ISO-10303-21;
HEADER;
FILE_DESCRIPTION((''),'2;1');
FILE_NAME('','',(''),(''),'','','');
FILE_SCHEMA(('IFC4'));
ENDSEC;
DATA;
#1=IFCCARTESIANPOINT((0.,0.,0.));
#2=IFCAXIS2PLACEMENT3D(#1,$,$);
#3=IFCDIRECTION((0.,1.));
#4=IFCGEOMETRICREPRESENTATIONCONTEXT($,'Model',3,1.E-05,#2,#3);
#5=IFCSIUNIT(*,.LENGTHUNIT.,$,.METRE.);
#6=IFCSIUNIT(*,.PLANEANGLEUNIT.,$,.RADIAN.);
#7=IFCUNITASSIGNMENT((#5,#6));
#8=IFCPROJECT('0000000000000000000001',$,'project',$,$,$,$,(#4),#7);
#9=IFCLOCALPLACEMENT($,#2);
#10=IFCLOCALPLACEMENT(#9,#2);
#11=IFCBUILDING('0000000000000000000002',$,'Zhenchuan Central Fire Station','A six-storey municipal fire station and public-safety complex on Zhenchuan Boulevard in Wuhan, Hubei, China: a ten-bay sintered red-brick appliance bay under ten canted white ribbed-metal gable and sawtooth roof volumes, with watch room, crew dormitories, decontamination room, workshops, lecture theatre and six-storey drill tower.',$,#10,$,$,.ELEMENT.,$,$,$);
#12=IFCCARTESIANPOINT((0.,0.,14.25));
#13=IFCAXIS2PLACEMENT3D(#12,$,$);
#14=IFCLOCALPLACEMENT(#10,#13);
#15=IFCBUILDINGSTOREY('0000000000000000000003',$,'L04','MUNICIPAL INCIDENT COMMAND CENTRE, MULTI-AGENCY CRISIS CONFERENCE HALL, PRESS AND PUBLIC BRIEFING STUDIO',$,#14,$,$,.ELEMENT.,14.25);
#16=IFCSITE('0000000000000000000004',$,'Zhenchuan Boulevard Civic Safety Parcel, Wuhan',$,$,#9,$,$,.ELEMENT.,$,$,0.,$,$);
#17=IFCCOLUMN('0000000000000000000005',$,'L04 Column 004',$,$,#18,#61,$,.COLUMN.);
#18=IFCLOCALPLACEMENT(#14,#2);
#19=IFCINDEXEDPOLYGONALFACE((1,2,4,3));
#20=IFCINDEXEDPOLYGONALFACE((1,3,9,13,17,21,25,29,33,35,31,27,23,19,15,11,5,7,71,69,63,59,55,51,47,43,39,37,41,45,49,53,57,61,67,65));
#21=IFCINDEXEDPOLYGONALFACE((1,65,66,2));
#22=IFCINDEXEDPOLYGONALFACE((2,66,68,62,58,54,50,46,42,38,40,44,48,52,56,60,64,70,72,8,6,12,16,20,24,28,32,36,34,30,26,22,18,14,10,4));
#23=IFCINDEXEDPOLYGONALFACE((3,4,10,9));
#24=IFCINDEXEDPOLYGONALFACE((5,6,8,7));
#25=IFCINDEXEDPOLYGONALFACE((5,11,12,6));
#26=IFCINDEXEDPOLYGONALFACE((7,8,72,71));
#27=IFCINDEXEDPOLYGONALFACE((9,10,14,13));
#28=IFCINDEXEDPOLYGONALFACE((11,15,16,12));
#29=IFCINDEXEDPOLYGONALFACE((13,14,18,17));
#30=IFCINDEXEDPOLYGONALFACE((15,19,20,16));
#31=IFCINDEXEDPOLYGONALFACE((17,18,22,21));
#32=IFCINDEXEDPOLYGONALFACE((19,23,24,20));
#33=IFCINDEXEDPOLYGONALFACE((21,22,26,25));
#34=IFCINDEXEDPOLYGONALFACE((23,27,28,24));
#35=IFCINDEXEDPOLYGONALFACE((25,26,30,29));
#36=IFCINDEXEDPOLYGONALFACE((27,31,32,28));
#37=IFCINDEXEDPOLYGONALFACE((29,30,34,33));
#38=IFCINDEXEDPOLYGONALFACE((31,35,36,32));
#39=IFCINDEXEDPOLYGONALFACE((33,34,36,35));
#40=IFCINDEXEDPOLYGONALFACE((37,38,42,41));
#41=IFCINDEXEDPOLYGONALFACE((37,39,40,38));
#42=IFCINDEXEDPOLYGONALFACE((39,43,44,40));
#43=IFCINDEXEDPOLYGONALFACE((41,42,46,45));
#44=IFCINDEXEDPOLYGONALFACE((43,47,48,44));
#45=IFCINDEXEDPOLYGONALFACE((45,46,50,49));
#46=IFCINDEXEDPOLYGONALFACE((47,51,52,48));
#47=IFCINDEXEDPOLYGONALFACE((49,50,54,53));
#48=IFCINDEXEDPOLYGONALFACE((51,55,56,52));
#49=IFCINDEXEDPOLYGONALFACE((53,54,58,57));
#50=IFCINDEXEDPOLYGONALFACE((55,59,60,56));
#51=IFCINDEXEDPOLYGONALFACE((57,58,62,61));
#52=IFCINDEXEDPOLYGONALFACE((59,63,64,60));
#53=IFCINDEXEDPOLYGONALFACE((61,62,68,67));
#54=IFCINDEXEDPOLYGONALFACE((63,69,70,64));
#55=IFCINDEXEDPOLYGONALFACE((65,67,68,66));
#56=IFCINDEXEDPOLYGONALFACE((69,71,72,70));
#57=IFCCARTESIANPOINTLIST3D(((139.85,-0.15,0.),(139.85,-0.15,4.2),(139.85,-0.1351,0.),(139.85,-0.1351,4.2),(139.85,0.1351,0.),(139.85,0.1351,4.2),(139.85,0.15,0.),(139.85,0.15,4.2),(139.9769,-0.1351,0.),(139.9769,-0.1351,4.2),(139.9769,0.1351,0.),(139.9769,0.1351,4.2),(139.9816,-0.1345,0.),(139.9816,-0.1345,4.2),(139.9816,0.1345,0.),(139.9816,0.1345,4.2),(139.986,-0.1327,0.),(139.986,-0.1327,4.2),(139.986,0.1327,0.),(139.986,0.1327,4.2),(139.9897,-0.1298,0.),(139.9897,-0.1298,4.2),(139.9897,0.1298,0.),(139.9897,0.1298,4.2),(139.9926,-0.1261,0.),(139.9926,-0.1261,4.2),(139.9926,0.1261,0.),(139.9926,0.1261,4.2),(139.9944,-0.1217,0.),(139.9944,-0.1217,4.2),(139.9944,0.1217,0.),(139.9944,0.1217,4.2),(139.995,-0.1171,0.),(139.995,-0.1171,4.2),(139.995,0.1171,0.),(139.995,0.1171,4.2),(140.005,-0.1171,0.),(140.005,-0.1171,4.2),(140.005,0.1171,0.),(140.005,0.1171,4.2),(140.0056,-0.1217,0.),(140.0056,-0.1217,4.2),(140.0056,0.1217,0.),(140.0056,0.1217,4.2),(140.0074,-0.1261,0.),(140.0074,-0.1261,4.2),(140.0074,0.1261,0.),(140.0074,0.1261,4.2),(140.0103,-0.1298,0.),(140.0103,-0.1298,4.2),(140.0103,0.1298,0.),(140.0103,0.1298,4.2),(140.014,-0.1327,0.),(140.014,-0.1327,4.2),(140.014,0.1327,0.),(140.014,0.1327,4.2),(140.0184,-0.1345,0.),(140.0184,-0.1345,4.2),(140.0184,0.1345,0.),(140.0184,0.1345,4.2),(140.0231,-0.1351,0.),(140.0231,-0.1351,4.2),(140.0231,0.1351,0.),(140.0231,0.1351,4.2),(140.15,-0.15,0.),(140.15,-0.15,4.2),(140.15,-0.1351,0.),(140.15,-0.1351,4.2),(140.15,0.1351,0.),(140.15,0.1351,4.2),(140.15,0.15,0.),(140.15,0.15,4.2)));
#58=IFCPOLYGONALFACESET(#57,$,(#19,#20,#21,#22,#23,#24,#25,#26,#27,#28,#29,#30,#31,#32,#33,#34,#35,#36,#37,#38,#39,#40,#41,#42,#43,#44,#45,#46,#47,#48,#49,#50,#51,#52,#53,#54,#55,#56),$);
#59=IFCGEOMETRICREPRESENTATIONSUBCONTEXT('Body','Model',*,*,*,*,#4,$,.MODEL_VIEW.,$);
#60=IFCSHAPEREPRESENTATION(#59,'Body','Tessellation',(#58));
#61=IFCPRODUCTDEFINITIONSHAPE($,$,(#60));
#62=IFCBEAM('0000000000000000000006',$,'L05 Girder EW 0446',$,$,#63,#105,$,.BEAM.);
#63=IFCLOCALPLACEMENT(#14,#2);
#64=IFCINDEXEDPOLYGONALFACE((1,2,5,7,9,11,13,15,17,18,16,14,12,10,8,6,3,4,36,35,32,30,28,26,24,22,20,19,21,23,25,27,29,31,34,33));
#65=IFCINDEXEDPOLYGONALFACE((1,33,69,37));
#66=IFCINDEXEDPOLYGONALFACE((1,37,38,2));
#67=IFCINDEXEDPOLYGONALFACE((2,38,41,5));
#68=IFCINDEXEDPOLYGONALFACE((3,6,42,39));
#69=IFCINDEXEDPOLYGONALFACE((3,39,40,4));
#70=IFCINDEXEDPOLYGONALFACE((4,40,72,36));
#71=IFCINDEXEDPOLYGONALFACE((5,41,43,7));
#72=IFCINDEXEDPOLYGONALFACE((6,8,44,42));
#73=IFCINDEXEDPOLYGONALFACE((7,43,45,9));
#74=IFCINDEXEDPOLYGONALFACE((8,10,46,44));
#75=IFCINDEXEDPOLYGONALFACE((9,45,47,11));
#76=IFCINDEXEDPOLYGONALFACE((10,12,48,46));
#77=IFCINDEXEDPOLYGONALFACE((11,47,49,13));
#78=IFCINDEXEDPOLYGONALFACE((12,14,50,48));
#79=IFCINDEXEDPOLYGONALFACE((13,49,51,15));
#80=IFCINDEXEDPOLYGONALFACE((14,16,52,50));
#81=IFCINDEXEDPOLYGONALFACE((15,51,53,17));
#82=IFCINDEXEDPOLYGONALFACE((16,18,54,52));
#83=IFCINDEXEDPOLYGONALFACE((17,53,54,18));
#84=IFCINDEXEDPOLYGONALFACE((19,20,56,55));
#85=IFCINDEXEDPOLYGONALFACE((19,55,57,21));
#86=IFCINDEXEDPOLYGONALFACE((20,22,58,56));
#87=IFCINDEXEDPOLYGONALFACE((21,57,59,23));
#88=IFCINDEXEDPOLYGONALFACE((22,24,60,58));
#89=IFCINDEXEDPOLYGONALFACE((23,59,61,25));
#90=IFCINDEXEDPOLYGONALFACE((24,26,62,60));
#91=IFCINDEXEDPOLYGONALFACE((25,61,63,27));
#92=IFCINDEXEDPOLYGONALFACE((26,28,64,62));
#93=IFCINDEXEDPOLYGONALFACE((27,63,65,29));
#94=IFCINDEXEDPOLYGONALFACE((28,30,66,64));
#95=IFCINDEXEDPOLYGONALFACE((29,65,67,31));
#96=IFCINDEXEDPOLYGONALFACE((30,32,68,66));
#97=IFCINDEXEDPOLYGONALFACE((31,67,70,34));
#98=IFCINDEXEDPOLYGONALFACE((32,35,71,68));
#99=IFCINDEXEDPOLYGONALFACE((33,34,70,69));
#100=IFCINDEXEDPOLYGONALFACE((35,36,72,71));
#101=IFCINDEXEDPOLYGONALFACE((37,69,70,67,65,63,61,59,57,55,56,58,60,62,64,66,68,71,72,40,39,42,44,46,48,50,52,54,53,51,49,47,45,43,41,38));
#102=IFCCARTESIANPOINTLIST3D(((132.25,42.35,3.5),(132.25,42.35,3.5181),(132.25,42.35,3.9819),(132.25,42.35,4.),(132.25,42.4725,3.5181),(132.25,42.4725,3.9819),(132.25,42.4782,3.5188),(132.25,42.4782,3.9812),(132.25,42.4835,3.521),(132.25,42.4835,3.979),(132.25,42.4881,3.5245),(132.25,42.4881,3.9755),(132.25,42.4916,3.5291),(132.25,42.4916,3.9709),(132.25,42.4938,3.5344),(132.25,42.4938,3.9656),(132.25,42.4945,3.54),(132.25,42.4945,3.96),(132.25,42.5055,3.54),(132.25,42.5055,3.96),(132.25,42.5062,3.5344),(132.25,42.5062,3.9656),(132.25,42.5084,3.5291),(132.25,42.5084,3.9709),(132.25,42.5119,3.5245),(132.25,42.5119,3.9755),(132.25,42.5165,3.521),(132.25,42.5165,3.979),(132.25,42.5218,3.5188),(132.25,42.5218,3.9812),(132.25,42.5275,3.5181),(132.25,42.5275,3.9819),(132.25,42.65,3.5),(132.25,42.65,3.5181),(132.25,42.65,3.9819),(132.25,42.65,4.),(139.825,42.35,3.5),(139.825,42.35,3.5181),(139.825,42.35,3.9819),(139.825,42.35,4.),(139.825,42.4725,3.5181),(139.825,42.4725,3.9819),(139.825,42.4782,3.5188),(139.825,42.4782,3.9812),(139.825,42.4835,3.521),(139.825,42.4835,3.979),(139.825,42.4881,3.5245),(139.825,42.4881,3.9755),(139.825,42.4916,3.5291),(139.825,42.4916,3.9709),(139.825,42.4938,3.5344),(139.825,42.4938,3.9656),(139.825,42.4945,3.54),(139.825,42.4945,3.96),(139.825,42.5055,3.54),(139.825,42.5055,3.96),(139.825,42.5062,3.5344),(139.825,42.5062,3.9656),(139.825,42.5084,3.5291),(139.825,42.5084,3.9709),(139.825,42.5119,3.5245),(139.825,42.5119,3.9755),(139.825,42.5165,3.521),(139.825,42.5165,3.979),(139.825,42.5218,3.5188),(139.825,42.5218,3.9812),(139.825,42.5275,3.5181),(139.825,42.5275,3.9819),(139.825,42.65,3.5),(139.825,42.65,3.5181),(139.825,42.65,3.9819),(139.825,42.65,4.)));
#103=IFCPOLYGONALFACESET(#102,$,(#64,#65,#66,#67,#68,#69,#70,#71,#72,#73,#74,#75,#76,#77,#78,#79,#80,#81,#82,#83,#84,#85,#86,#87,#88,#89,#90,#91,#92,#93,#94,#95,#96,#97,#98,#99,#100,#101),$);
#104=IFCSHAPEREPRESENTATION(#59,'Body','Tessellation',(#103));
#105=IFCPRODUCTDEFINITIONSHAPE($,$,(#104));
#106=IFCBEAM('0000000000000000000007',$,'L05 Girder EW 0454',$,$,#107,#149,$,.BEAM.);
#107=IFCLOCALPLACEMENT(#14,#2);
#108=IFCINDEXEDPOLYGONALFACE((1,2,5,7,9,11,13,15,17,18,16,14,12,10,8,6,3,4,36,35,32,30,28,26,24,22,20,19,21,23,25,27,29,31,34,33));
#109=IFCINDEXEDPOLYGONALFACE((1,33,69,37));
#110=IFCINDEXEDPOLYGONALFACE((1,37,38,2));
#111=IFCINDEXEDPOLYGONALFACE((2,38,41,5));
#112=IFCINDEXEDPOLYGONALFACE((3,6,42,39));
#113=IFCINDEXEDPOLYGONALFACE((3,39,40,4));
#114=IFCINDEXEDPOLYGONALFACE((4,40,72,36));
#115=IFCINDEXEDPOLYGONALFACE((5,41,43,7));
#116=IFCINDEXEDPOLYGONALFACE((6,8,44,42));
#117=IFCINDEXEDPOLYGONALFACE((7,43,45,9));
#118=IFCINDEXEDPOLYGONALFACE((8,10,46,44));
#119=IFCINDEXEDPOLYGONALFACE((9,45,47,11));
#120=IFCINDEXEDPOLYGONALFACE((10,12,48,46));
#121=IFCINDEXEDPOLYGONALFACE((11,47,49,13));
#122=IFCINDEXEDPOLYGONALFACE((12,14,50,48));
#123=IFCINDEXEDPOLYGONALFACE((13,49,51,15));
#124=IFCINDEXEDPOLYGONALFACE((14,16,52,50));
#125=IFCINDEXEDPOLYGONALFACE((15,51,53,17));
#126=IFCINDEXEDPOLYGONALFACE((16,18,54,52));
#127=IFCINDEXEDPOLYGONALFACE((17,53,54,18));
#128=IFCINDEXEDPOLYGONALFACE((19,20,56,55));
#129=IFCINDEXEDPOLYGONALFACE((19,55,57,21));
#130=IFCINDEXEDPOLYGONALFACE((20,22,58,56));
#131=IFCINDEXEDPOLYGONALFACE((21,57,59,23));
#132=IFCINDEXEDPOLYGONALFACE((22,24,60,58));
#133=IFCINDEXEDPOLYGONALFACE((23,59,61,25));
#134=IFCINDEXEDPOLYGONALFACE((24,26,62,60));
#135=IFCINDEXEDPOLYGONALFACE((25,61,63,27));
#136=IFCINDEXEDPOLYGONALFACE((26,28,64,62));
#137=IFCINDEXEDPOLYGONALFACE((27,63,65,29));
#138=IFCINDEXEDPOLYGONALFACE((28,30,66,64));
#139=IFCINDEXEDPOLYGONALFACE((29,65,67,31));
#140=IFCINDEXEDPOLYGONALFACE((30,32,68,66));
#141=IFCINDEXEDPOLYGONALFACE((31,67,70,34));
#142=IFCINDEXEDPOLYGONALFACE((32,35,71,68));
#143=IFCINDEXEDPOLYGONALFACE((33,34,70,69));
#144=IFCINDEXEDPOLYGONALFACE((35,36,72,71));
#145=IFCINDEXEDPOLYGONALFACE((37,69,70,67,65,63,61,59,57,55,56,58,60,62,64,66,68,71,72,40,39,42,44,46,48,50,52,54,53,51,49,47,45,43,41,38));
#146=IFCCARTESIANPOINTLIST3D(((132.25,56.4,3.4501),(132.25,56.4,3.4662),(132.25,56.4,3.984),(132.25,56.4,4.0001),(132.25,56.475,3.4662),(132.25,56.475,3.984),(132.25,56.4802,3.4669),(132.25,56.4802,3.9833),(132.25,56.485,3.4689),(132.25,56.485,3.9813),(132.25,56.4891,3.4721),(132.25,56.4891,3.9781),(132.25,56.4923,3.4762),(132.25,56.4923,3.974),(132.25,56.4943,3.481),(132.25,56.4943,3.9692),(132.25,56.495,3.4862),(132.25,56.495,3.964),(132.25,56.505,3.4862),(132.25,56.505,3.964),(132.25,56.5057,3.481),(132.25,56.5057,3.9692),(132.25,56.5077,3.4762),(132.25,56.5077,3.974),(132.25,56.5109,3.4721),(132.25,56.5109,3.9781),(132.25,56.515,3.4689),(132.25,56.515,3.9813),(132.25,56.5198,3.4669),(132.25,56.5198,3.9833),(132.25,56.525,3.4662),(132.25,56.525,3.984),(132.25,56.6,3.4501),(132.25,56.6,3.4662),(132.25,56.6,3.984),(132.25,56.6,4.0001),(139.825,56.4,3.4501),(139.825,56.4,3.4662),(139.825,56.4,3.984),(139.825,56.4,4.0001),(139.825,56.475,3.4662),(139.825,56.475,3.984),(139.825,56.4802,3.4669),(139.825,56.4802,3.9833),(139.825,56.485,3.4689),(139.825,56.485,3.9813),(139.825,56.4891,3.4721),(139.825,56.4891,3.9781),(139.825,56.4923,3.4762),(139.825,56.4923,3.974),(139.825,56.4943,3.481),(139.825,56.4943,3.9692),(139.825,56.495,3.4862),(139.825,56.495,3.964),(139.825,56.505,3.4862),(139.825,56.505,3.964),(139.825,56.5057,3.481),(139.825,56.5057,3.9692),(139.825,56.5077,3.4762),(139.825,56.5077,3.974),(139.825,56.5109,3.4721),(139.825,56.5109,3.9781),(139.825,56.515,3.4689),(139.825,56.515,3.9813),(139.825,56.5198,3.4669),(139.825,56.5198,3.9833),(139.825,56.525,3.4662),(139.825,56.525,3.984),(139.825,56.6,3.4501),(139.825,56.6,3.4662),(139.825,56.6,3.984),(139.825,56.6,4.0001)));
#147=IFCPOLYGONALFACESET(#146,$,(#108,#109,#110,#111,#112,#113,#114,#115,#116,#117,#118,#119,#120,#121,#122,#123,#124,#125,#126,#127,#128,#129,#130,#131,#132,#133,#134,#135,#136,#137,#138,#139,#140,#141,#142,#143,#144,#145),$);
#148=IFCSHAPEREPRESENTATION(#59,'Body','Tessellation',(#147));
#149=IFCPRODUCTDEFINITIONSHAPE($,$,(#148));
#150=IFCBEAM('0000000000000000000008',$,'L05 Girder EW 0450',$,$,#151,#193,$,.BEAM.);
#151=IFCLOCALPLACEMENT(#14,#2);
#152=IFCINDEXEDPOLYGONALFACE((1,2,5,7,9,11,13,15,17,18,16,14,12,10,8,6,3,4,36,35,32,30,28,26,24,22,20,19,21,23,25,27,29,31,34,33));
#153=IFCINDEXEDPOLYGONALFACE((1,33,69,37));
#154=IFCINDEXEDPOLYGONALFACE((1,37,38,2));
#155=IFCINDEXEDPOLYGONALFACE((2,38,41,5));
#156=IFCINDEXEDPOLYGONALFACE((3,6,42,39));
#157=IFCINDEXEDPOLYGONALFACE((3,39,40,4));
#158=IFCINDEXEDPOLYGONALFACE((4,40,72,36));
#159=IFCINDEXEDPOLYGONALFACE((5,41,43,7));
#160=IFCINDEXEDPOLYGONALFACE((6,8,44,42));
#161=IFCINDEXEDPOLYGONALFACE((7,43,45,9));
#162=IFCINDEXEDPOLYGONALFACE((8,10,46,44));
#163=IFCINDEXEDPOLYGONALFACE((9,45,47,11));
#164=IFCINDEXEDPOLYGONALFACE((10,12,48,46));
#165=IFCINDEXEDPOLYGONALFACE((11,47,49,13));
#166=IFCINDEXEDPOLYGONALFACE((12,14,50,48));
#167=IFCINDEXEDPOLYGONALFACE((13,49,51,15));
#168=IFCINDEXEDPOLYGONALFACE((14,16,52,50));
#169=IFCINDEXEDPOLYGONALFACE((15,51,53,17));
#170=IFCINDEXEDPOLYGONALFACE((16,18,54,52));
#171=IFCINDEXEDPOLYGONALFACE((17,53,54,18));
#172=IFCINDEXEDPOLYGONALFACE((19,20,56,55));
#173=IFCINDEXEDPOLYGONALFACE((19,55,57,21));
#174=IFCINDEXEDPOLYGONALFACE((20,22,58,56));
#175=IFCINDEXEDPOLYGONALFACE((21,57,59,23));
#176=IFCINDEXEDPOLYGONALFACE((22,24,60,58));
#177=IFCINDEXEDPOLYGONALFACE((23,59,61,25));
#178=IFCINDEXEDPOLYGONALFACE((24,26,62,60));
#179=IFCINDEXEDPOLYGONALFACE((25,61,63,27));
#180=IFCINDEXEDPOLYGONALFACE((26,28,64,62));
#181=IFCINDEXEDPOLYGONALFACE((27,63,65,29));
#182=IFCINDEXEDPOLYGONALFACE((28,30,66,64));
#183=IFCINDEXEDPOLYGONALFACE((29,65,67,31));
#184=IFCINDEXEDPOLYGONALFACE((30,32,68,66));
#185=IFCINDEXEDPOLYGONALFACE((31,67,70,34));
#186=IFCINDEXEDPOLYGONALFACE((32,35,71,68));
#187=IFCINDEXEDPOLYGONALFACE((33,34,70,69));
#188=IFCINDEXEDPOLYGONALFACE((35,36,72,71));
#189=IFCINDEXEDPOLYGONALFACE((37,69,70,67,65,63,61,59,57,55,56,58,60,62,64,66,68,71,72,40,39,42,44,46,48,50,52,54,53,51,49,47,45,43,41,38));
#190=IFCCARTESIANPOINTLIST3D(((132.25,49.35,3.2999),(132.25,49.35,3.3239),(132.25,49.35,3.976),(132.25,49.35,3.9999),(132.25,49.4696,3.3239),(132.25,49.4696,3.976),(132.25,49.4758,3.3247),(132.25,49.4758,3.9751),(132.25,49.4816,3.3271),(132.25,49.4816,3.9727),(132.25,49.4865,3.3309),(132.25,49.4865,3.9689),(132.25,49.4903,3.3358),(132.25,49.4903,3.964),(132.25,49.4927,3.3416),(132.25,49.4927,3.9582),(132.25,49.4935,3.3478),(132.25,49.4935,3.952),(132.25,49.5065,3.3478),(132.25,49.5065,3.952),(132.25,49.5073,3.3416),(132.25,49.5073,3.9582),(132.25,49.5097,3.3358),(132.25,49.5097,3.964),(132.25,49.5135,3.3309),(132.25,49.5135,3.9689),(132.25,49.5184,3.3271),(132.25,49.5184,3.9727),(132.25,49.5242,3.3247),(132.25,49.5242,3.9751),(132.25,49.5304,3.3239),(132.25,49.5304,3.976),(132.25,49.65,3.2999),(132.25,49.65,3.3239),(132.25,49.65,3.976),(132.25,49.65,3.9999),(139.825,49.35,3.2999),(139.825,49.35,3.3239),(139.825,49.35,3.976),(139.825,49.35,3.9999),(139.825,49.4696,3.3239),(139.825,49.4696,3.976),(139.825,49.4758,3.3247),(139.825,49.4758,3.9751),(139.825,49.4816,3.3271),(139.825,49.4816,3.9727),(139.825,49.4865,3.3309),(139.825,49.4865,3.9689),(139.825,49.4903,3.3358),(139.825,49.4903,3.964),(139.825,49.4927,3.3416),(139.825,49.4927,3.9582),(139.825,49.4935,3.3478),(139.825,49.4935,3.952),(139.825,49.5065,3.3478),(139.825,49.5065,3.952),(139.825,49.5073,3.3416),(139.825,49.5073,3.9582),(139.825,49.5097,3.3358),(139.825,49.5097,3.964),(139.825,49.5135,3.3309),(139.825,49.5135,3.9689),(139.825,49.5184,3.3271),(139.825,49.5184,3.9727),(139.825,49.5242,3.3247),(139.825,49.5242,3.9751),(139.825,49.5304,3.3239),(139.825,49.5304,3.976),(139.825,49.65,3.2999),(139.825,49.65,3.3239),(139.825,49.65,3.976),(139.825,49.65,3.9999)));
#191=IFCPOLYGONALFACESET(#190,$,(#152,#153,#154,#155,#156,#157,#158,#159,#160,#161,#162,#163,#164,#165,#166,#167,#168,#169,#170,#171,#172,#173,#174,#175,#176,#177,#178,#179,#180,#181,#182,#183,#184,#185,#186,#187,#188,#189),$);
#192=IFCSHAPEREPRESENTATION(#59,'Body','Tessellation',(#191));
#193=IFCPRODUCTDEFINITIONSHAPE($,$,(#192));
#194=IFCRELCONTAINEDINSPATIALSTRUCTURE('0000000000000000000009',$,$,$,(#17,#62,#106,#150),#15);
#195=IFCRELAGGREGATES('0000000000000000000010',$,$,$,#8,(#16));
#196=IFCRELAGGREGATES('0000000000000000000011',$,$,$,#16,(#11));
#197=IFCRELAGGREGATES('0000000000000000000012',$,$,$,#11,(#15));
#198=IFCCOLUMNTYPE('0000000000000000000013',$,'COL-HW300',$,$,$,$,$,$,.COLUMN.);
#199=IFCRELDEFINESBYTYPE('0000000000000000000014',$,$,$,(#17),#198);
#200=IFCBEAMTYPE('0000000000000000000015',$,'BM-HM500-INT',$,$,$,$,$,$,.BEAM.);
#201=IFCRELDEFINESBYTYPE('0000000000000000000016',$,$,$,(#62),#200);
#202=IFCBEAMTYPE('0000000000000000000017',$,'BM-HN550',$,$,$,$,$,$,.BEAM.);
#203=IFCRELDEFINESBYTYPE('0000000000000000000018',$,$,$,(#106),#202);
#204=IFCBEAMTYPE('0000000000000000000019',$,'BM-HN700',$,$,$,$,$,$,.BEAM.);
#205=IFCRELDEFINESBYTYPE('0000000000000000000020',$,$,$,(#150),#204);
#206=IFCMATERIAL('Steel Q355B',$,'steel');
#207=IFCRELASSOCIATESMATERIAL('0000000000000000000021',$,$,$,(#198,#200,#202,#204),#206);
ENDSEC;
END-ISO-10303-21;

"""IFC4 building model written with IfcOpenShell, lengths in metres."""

from ifc_helpers import new_model, si_unit, direction, frame, origin, origin_2d, place, context, subcontext, project, spatial, i_section, extrude, material, material_profile, profile_set, type_object, element, save


model = new_model("IFC4")

# Units and contexts
model_context = context("Model", 3, precision=1e-05, world=origin(), true_north=direction((0.0, 1.0)))
body_context = subcontext(model_context, "Body", "Model", "MODEL_VIEW")
ifc_project = project(units=[si_unit("LENGTHUNIT", "METRE"), si_unit("PLANEANGLEUNIT", "RADIAN")], contexts=[model_context])

# Site, building, storey
site_placement = place(None, origin())
site = spatial("IfcSite", under=ifc_project, at=site_placement, Name="Zhenchuan Boulevard Civic Safety Parcel, Wuhan", CompositionType="ELEMENT", RefElevation=0.0)
building_placement = place(site_placement, origin())
building = spatial("IfcBuilding", under=site, at=building_placement, Name="Zhenchuan Central Fire Station", Description="A six-storey municipal fire station and public-safety complex on Zhenchuan Boulevard in Wuhan, Hubei, China: a ten-bay sintered red-brick appliance bay under ten canted white ribbed-metal gable and sawtooth roof volumes, with watch room, crew dormitories, decontamination room, workshops, lecture theatre and six-storey drill tower.", CompositionType="ELEMENT")
storey_placement = place(building_placement, frame((0.0, 0.0, 14.25)))
storey = spatial("IfcBuildingStorey", under=building, at=storey_placement, Name="L04", Description="MUNICIPAL INCIDENT COMMAND CENTRE, MULTI-AGENCY CRISIS CONFERENCE HALL, PRESS AND PUBLIC BRIEFING STUDIO", CompositionType="ELEMENT", Elevation=14.25)

# Column
ifc_material_1 = material(Name="Steel Q355B", Category="steel")
ifc_material_profile_1 = material_profile(ifc_material_1, i_section(OverallWidth=0.3, OverallDepth=0.3, WebThickness=0.01, FlangeThickness=0.0149, FilletRadius=0.0181, at=origin_2d()), Name="HW 300x300")
ifc_profile_set_1 = profile_set([ifc_material_profile_1], Name="Steel Q355B")
column_type = type_object("IfcColumnType", Name="COL-HW300", PredefinedType="COLUMN", material=ifc_profile_set_1)
column_placement = place(storey_placement, frame((140.0, 0.0, 0.0), z_axis=(0.0, 0.0, 1.0), x_axis=(1.0, 0.0, 0.0)))
element("IfcColumn", 1, at=column_placement, inside=storey, type_object=column_type, Name="L04 Column 004", PredefinedType="COLUMN", context=body_context, shape_type="SweptSolid", body=[
    extrude(i_section(OverallWidth=0.3, OverallDepth=0.3, WebThickness=0.01, FlangeThickness=0.0149, FilletRadius=0.0181, at=origin_2d()), origin(), (0.0, 0.0, 1.0), 4.2),
])

# Beams
ifc_material_profile_2 = material_profile(ifc_material_1, i_section(OverallWidth=0.3, OverallDepth=0.5, WebThickness=0.011, FlangeThickness=0.0181, FilletRadius=0.022, at=origin_2d()), Name="HM 500x300")
ifc_profile_set_2 = profile_set([ifc_material_profile_2], Name="Steel Q355B")
beam_type_1 = type_object("IfcBeamType", Name="BM-HM500-INT", PredefinedType="BEAM", material=ifc_profile_set_2)
beam_1_placement = place(storey_placement, frame((132.25, 42.5, 3.75), z_axis=(1.0, 0.0, 0.0), x_axis=(0.0, 1.0, 0.0)))
element("IfcBeam", 2, at=beam_1_placement, inside=storey, type_object=beam_type_1, Name="L05 Girder EW 0446", PredefinedType="BEAM", context=body_context, shape_type="SweptSolid", body=[
    extrude(i_section(OverallWidth=0.3, OverallDepth=0.5, WebThickness=0.011, FlangeThickness=0.0181, FilletRadius=0.022, at=origin_2d()), origin(), (0.0, 0.0, 1.0), 7.575),
])
ifc_material_profile_3 = material_profile(ifc_material_1, i_section(OverallWidth=0.2, OverallDepth=0.55, WebThickness=0.01, FlangeThickness=0.0161, FilletRadius=0.02, at=origin_2d()), Name="HN 550x200")
ifc_profile_set_3 = profile_set([ifc_material_profile_3], Name="Steel Q355B")
beam_type_2 = type_object("IfcBeamType", Name="BM-HN550", PredefinedType="BEAM", material=ifc_profile_set_3)
beam_2_placement = place(storey_placement, frame((132.25, 56.5, 3.7251), z_axis=(1.0, 0.0, 0.0), x_axis=(0.0, 1.0, 0.0)))
element("IfcBeam", 3, at=beam_2_placement, inside=storey, type_object=beam_type_2, Name="L05 Girder EW 0454", PredefinedType="BEAM", context=body_context, shape_type="SweptSolid", body=[
    extrude(i_section(OverallWidth=0.2, OverallDepth=0.55, WebThickness=0.01, FlangeThickness=0.0161, FilletRadius=0.02, at=origin_2d()), origin(), (0.0, 0.0, 1.0), 7.575),
])
ifc_material_profile_4 = material_profile(ifc_material_1, i_section(OverallWidth=0.3, OverallDepth=0.7, WebThickness=0.0129, FlangeThickness=0.0239, FilletRadius=0.0239, at=origin_2d()), Name="HN 700x300")
ifc_profile_set_4 = profile_set([ifc_material_profile_4], Name="Steel Q355B")
beam_type_3 = type_object("IfcBeamType", Name="BM-HN700", PredefinedType="BEAM", material=ifc_profile_set_4)
beam_3_placement = place(storey_placement, frame((132.25, 49.5, 3.6499), z_axis=(1.0, 0.0, 0.0), x_axis=(0.0, 1.0, 0.0)))
element("IfcBeam", 4, at=beam_3_placement, inside=storey, type_object=beam_type_3, Name="L05 Girder EW 0450", PredefinedType="BEAM", context=body_context, shape_type="SweptSolid", body=[
    extrude(i_section(OverallWidth=0.3, OverallDepth=0.7, WebThickness=0.0129, FlangeThickness=0.0239, FilletRadius=0.0239, at=origin_2d()), origin(), (0.0, 0.0, 1.0), 7.575),
])

save(model, "model.ifc")
